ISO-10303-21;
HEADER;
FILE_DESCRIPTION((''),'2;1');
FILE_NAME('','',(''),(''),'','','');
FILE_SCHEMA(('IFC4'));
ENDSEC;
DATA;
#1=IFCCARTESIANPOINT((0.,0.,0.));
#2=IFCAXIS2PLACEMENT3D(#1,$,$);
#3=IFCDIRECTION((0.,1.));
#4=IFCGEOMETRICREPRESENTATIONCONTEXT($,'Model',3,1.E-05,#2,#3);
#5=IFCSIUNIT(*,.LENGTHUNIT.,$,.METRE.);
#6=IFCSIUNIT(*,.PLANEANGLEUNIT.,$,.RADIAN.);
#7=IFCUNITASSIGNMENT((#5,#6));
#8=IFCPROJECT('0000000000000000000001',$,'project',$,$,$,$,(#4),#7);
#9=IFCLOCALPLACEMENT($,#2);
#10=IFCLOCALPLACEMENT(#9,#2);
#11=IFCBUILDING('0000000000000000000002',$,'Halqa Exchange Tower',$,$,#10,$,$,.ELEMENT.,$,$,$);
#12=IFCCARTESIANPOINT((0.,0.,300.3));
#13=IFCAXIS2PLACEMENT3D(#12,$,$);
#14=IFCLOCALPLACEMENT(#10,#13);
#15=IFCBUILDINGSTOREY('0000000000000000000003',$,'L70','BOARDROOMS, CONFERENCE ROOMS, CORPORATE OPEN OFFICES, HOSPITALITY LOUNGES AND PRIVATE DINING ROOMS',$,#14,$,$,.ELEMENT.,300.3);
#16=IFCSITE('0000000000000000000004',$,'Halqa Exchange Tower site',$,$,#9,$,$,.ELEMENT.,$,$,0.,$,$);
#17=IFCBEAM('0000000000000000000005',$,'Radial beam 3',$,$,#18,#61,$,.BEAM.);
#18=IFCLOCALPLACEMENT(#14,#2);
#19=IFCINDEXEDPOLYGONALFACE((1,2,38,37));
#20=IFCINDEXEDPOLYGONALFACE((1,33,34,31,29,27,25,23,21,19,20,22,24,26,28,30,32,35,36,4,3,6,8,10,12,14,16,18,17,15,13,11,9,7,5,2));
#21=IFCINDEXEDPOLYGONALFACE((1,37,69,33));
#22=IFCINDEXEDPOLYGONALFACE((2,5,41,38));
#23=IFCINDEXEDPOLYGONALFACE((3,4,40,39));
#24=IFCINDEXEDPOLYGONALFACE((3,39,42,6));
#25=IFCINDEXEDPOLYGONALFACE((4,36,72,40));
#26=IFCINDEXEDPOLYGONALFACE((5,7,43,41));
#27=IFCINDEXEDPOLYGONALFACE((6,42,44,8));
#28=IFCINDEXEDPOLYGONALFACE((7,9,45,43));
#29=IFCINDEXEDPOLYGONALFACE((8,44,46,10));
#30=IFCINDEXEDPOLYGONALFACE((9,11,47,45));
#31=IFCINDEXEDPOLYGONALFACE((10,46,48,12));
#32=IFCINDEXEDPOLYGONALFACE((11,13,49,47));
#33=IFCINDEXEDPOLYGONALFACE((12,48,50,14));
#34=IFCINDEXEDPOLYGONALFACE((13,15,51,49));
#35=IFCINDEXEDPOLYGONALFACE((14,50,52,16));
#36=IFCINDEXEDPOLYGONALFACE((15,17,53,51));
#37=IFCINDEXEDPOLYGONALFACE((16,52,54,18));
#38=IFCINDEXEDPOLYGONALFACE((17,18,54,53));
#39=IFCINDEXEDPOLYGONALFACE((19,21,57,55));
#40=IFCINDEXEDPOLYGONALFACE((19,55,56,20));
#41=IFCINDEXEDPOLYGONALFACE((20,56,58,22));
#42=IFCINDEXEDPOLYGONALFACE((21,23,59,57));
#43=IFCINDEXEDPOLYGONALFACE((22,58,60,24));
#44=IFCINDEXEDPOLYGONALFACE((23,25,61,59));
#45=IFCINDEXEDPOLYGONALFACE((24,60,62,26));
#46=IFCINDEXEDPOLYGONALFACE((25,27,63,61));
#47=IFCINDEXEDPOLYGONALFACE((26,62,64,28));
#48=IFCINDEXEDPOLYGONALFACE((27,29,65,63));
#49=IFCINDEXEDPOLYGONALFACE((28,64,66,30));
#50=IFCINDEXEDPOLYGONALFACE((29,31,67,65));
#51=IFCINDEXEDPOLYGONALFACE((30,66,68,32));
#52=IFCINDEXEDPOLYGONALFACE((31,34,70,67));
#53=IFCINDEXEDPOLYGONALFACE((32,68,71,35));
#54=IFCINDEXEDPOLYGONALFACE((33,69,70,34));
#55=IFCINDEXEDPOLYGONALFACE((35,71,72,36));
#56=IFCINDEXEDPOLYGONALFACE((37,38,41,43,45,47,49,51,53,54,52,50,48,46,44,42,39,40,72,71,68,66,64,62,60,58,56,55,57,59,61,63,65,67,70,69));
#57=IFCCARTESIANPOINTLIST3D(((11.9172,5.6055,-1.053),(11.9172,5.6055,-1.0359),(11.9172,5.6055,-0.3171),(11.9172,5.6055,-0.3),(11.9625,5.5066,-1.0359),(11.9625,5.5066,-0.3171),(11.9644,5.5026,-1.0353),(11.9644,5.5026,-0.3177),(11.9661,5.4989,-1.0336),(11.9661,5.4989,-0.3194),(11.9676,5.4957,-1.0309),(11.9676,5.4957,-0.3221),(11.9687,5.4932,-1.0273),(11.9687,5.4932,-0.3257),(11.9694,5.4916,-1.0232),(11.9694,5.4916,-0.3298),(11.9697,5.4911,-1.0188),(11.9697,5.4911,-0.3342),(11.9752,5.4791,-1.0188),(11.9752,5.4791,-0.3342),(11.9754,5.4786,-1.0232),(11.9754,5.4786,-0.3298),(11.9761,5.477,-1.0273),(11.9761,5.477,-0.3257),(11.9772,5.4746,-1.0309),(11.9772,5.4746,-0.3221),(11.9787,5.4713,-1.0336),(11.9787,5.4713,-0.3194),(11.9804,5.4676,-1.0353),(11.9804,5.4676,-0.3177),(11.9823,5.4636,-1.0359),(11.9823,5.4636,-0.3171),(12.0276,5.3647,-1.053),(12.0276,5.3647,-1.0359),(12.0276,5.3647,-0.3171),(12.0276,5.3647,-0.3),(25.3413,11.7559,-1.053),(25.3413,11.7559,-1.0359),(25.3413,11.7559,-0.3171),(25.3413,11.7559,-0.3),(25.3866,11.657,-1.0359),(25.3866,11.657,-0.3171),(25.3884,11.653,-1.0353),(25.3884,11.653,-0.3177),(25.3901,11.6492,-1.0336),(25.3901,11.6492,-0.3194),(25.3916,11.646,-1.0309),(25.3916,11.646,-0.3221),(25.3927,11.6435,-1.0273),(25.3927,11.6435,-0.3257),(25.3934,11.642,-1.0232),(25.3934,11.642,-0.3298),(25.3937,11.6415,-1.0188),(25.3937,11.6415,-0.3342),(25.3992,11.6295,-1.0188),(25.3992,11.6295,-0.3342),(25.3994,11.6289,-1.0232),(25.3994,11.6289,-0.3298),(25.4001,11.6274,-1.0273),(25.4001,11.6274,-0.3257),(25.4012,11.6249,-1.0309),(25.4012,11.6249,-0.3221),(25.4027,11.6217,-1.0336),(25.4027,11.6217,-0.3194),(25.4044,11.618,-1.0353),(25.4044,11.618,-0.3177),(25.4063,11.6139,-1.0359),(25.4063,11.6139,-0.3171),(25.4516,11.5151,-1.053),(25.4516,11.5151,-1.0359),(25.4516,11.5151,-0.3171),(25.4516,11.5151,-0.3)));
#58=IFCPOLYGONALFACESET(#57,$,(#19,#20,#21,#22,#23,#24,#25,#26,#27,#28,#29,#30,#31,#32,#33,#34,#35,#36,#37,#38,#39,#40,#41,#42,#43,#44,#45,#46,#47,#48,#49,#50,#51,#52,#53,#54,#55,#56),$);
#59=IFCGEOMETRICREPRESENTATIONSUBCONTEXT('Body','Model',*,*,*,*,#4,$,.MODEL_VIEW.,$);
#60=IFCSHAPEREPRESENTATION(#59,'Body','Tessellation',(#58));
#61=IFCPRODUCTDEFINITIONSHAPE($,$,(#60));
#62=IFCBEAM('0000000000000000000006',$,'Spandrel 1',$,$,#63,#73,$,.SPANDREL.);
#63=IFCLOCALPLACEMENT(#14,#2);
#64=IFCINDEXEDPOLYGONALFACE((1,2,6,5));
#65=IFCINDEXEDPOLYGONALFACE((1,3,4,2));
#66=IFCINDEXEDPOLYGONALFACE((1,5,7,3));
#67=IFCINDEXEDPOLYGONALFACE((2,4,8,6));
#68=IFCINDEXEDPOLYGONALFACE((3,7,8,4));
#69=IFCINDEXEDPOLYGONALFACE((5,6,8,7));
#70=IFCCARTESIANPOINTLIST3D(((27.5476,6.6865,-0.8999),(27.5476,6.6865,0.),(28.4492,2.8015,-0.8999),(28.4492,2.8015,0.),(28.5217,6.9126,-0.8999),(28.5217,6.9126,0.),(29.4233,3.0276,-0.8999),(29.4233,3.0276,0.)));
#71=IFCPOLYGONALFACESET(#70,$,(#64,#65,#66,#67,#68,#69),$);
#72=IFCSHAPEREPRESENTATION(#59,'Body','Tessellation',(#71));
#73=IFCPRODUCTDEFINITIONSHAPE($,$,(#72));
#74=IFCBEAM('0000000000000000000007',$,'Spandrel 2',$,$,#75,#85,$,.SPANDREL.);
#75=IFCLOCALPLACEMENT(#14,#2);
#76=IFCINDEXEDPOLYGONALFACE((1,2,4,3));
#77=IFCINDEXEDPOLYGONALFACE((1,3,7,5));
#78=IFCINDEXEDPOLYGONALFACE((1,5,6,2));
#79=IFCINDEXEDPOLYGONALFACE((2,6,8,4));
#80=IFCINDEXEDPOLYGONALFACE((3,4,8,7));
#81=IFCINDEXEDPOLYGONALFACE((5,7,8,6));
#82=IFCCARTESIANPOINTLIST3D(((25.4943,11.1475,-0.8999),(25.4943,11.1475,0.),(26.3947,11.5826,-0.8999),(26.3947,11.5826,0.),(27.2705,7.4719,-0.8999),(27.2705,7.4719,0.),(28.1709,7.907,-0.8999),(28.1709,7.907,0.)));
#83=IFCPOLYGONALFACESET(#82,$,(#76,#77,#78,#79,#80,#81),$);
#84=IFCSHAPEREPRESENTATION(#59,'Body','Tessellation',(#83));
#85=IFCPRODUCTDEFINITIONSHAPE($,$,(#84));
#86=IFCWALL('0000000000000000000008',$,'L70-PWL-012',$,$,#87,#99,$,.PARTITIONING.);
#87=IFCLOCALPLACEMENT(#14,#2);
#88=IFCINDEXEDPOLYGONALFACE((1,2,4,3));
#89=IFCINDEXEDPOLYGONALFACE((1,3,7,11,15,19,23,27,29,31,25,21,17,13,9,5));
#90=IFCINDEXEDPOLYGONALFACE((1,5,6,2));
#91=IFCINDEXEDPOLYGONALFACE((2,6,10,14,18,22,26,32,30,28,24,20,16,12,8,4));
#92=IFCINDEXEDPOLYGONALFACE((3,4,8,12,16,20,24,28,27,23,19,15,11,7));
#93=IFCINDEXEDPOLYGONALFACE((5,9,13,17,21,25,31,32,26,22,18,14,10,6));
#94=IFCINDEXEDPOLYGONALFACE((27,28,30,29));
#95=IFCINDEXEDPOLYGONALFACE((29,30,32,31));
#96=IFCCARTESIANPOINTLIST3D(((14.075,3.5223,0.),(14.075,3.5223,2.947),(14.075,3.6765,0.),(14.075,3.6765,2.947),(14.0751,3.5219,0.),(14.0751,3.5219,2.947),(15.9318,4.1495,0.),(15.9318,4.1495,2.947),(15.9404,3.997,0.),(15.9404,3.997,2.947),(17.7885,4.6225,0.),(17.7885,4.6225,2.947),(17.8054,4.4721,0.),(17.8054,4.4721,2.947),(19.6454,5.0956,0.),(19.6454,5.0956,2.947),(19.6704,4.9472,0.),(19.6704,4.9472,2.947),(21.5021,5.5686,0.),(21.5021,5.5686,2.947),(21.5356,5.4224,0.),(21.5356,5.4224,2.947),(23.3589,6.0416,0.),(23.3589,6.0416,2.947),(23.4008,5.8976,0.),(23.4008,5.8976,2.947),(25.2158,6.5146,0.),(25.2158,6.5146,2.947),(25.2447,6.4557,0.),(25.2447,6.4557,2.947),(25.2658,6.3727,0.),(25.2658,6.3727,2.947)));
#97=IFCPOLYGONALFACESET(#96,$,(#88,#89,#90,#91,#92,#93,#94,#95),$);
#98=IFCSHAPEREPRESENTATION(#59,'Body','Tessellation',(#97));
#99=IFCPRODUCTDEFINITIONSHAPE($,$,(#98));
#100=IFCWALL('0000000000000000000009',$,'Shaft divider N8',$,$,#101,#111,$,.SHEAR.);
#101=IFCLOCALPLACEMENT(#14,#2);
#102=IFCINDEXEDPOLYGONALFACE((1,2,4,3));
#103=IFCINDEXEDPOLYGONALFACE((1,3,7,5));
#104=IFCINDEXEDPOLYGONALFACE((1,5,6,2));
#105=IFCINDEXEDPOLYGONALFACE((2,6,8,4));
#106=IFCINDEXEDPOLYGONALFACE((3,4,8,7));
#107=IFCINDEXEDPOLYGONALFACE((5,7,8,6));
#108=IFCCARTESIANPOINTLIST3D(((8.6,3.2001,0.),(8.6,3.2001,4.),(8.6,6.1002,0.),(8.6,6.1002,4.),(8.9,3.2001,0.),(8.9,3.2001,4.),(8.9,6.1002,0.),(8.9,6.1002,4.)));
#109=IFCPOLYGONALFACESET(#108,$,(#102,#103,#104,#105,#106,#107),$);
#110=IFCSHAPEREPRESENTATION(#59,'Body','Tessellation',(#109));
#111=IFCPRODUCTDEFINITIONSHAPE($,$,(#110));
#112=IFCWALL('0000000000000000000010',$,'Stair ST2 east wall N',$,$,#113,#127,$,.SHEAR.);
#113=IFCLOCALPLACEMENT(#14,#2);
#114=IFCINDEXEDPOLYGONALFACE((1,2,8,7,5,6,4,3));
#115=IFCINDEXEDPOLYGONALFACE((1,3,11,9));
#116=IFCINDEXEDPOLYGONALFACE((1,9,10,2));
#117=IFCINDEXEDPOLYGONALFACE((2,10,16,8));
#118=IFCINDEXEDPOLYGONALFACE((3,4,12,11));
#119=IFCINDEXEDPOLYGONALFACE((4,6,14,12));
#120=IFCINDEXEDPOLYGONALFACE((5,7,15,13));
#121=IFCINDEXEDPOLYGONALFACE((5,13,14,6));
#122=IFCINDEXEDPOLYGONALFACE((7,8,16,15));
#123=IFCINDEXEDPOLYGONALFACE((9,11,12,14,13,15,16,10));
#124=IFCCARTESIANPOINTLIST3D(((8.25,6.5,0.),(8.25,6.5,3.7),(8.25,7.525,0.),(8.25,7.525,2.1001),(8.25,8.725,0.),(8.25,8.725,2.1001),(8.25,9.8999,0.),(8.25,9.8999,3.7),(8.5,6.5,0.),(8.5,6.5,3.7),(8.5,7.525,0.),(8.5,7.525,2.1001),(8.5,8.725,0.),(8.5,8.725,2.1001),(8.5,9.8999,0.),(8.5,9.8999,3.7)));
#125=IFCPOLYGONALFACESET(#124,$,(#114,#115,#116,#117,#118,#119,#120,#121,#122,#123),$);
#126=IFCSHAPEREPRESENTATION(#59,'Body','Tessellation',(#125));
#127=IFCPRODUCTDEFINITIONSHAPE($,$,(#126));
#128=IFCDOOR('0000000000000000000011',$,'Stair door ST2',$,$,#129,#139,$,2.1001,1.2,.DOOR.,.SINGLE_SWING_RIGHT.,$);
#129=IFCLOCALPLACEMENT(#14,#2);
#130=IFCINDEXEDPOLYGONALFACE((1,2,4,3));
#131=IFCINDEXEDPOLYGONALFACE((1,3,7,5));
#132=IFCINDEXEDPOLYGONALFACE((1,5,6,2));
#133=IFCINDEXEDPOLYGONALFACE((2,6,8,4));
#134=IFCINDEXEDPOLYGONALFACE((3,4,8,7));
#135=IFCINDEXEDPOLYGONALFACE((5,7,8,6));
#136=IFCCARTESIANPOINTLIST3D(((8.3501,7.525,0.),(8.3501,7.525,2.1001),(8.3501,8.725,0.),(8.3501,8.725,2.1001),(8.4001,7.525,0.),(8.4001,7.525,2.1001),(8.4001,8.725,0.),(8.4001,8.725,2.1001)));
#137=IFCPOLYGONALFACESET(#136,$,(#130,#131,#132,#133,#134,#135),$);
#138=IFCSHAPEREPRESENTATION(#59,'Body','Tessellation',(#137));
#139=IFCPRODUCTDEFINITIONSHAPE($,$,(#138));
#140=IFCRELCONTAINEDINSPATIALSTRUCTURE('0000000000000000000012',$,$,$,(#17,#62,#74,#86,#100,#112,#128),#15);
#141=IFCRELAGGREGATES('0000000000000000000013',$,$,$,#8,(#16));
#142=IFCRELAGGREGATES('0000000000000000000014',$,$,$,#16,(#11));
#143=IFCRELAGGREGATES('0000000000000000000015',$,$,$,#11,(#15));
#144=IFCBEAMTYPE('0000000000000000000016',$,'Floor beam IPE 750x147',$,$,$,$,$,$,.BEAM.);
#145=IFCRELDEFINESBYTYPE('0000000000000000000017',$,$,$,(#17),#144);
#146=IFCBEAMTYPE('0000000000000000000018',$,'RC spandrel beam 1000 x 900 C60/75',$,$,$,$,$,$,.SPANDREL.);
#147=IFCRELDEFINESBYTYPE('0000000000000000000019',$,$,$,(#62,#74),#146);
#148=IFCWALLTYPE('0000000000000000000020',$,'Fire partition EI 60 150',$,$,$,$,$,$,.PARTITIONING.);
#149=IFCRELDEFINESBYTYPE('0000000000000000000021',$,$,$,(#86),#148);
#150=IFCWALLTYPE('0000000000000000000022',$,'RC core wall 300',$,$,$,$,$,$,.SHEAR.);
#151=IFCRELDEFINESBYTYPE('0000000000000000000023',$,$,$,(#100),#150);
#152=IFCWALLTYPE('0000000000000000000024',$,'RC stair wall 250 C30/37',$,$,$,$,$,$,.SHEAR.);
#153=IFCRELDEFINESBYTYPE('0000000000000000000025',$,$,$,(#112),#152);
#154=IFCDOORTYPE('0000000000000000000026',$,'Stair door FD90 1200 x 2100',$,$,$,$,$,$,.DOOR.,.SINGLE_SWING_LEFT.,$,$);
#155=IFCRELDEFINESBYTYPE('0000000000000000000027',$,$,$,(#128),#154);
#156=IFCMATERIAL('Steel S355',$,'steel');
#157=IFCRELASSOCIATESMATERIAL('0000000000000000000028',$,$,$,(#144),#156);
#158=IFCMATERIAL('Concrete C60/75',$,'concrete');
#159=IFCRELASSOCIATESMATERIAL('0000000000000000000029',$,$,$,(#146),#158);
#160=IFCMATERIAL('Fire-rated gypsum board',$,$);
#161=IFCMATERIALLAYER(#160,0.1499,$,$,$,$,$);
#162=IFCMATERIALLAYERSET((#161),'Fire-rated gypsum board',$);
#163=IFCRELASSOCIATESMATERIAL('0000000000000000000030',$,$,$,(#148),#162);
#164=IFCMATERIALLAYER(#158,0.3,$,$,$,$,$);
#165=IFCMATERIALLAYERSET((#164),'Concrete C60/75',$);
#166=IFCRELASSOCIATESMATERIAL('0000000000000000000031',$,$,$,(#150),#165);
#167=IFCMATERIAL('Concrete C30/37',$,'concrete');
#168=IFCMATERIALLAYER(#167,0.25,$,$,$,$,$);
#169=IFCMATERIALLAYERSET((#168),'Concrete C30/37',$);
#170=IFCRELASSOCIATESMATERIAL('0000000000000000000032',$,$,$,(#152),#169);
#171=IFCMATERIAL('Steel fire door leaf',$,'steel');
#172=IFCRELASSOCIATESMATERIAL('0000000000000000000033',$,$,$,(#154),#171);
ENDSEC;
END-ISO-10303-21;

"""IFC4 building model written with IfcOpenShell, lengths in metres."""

from ifc_helpers import new_model, si_unit, direction, frame, frame_2d, origin, origin_2d, place, context, subcontext, project, spatial, polyline, rectangle, i_section, outline, extrude, material, layer, layer_set, material_profile, profile_set, type_object, element, fill, save


model = new_model("IFC4")

# Units and contexts
model_context = context("Model", 3, precision=1e-05, world=origin(), true_north=direction((0.0, 1.0)))
body_context = subcontext(model_context, "Body", "Model", "MODEL_VIEW")
ifc_project = project(units=[si_unit("LENGTHUNIT", "METRE"), si_unit("PLANEANGLEUNIT", "RADIAN")], contexts=[model_context])

# Site, building, storey
site_placement = place(None, origin())
site = spatial("IfcSite", under=ifc_project, at=site_placement, Name="Halqa Exchange Tower site", CompositionType="ELEMENT", RefElevation=0.0)
building_placement = place(site_placement, origin())
building = spatial("IfcBuilding", under=site, at=building_placement, Name="Halqa Exchange Tower", CompositionType="ELEMENT")
storey_placement = place(building_placement, frame((0.0, 0.0, 300.3)))
storey = spatial("IfcBuildingStorey", under=building, at=storey_placement, Name="L70", Description="BOARDROOMS, CONFERENCE ROOMS, CORPORATE OPEN OFFICES, HOSPITALITY LOUNGES AND PRIVATE DINING ROOMS", CompositionType="ELEMENT", Elevation=300.3)

# Beams
ifc_material_1 = material(Name="Steel S355", Category="steel")
ifc_material_profile_1 = material_profile(ifc_material_1, i_section(OverallWidth=0.2649, OverallDepth=0.7529, WebThickness=0.0132, FlangeThickness=0.0171, FilletRadius=0.0171, at=origin_2d()), Name="IPE 750x147")
ifc_profile_set_1 = profile_set([ifc_material_profile_1], Name="Steel S355")
beam_type_1 = type_object("IfcBeamType", Name="Floor beam IPE 750x147", PredefinedType="BEAM", material=ifc_profile_set_1)
beam_1_placement = place(storey_placement, frame((11.9724, 5.4851, -0.6765), z_axis=(0.909124, 0.416525, 0.0), x_axis=(-0.416525, 0.909124, 0.0)))
element("IfcBeam", 1, at=beam_1_placement, inside=storey, type_object=beam_type_1, Name="Radial beam 3", PredefinedType="BEAM", context=body_context, shape_type="SweptSolid", body=[
    extrude(i_section(OverallWidth=0.2649, OverallDepth=0.7529, WebThickness=0.0132, FlangeThickness=0.0171, FilletRadius=0.0171, at=origin_2d()), origin(), (0.0, 0.0, 1.0), 14.7659),
])
ifc_material_2 = material(Name="Concrete C60/75", Category="concrete")
ifc_material_profile_2 = material_profile(ifc_material_2, rectangle(XDim=1.0, YDim=0.8999, at=origin_2d()), Name="1000 x 900")
ifc_profile_set_2 = profile_set([ifc_material_profile_2], Name="Concrete C60/75")
beam_type_2 = type_object("IfcBeamType", Name="RC spandrel beam 1000 x 900 C60/75", PredefinedType="SPANDREL", material=ifc_profile_set_2)
beam_2_placement = place(storey_placement, frame((28.9363, 2.9146, -0.45), z_axis=(-0.226066, 0.974112, 0.0), x_axis=(-0.974112, -0.226066, 0.0)))
element("IfcBeam", 2, at=beam_2_placement, inside=storey, type_object=beam_type_2, Name="Spandrel 1", PredefinedType="SPANDREL", context=body_context, shape_type="SweptSolid", body=[
    extrude(rectangle(XDim=1.0, YDim=0.8999, at=origin_2d()), origin(), (0.0, 0.0, 1.0), 3.9883),
])
beam_3_placement = place(storey_placement, frame((27.7207, 7.6895, -0.45), z_axis=(-0.435092, 0.900386, 0.0), x_axis=(-0.900386, -0.435092, 0.0)))
element("IfcBeam", 3, at=beam_3_placement, inside=storey, type_object=beam_type_2, Name="Spandrel 2", PredefinedType="SPANDREL", context=body_context, shape_type="SweptSolid", body=[
    extrude(rectangle(XDim=1.0, YDim=0.8999, at=origin_2d()), origin(), (0.0, 0.0, 1.0), 4.0823),
])

# Walls
ifc_material_3 = material(Name="Fire-rated gypsum board")
ifc_layer_1 = layer(ifc_material_3, 0.1499)
ifc_layer_set_1 = layer_set([ifc_layer_1], Name="Fire-rated gypsum board")
wall_type_1 = type_object("IfcWallType", Name="Fire partition EI 60 150", PredefinedType="PARTITIONING", material=ifc_layer_set_1)
wall_1_placement = place(storey_placement, frame((14.0566, 3.5945, 0.0), z_axis=(0.0, 0.0, 1.0), x_axis=(0.96905, 0.246866, 0.0)))
element("IfcWall", 4, at=wall_1_placement, inside=storey, type_object=wall_type_1, Name="L70-PWL-012", PredefinedType="PARTITIONING", context=body_context, shape_type="SweptSolid", body=[
    extrude(outline(polyline([(11.5481, -0.075), (11.5481, 0.0107), (11.5347, 0.075), (9.6184, 0.075), (7.7024, 0.075), (5.7864, 0.075), (3.8701, 0.075), (1.9541, 0.075), (0.0381, 0.075), (0.0, -0.0745), (0.0, -0.075), (1.9248, -0.075), (3.8494, -0.075), (5.7739, -0.075), (7.6987, -0.075), (9.6235, -0.075), (11.5481, -0.075)])), origin(), (0.0, 0.0, 1.0), 2.947),
])
ifc_layer_2 = layer(ifc_material_2, 0.3)
ifc_layer_set_2 = layer_set([ifc_layer_2], Name="Concrete C60/75")
wall_type_2 = type_object("IfcWallType", Name="RC core wall 300", PredefinedType="SHEAR", material=ifc_layer_set_2)
wall_2_placement = place(storey_placement, frame((8.75, 3.2, 0.0), z_axis=(0.0, 0.0, 1.0), x_axis=(0.0, 1.0, 0.0)))
element("IfcWall", 5, at=wall_2_placement, inside=storey, type_object=wall_type_2, Name="Shaft divider N8", PredefinedType="SHEAR", context=body_context, shape_type="SweptSolid", body=[
    extrude(rectangle(XDim=2.9001, YDim=0.3, at=frame_2d((1.4502, 0.0))), origin(), (0.0, 0.0, 1.0), 4.0),
])

# Wall, opening, door
ifc_material_4 = material(Name="Concrete C30/37", Category="concrete")
ifc_layer_3 = layer(ifc_material_4, 0.25)
ifc_layer_set_3 = layer_set([ifc_layer_3], Name="Concrete C30/37")
wall_type_3 = type_object("IfcWallType", Name="RC stair wall 250 C30/37", PredefinedType="SHEAR", material=ifc_layer_set_3)
wall_3_placement = place(storey_placement, frame((8.375, 6.5, 0.0), z_axis=(0.0, 0.0, 1.0), x_axis=(0.0, 1.0, 0.0)))
wall_3 = element("IfcWall", 6, at=wall_3_placement, inside=storey, type_object=wall_type_3, Name="Stair ST2 east wall N", PredefinedType="SHEAR", context=body_context, shape_type="SweptSolid", body=[
    extrude(rectangle(XDim=3.3999, YDim=0.25, at=frame_2d((1.7, 0.0))), origin(), (0.0, 0.0, 1.0), 3.7),
])
opening_1_placement = place(wall_3_placement, frame((1.0249, 0.0, 0.0)))
opening_1 = element("IfcOpeningElement", 7, at=opening_1_placement, cuts=wall_3, PredefinedType="OPENING", context=body_context, shape_type="SweptSolid", body=[
    extrude(rectangle(XDim=1.2, YDim=2.1001, at=frame_2d((0.6001, 1.05))), frame((0.0, 0.137, 0.0), z_axis=(0.0, -1.0, 0.0), x_axis=(1.0, 0.0, 0.0)), (0.0, 0.0, 1.0), 0.2739),
])
ifc_material_5 = material(Name="Steel fire door leaf", Category="steel")
door_type = type_object("IfcDoorType", Name="Stair door FD90 1200 x 2100", OperationType="SINGLE_SWING_LEFT", PredefinedType="DOOR", material=ifc_material_5)
door_placement = place(opening_1_placement, origin())
door = element("IfcDoor", 8, at=door_placement, inside=storey, type_object=door_type, Name="Stair door ST2", OperationType="SINGLE_SWING_RIGHT", OverallHeight=2.1001, OverallWidth=1.2, PredefinedType="DOOR", context=body_context, shape_type="SweptSolid", body=[
    extrude(rectangle(XDim=1.2, YDim=2.1001, at=frame_2d((0.6001, 1.05))), frame((0.0, 0.0249, 0.0), z_axis=(0.0, -1.0, 0.0), x_axis=(1.0, 0.0, 0.0)), (0.0, 0.0, 1.0), 0.05),
])
fill(opening_1, door)

save(model, "model.ifc")
